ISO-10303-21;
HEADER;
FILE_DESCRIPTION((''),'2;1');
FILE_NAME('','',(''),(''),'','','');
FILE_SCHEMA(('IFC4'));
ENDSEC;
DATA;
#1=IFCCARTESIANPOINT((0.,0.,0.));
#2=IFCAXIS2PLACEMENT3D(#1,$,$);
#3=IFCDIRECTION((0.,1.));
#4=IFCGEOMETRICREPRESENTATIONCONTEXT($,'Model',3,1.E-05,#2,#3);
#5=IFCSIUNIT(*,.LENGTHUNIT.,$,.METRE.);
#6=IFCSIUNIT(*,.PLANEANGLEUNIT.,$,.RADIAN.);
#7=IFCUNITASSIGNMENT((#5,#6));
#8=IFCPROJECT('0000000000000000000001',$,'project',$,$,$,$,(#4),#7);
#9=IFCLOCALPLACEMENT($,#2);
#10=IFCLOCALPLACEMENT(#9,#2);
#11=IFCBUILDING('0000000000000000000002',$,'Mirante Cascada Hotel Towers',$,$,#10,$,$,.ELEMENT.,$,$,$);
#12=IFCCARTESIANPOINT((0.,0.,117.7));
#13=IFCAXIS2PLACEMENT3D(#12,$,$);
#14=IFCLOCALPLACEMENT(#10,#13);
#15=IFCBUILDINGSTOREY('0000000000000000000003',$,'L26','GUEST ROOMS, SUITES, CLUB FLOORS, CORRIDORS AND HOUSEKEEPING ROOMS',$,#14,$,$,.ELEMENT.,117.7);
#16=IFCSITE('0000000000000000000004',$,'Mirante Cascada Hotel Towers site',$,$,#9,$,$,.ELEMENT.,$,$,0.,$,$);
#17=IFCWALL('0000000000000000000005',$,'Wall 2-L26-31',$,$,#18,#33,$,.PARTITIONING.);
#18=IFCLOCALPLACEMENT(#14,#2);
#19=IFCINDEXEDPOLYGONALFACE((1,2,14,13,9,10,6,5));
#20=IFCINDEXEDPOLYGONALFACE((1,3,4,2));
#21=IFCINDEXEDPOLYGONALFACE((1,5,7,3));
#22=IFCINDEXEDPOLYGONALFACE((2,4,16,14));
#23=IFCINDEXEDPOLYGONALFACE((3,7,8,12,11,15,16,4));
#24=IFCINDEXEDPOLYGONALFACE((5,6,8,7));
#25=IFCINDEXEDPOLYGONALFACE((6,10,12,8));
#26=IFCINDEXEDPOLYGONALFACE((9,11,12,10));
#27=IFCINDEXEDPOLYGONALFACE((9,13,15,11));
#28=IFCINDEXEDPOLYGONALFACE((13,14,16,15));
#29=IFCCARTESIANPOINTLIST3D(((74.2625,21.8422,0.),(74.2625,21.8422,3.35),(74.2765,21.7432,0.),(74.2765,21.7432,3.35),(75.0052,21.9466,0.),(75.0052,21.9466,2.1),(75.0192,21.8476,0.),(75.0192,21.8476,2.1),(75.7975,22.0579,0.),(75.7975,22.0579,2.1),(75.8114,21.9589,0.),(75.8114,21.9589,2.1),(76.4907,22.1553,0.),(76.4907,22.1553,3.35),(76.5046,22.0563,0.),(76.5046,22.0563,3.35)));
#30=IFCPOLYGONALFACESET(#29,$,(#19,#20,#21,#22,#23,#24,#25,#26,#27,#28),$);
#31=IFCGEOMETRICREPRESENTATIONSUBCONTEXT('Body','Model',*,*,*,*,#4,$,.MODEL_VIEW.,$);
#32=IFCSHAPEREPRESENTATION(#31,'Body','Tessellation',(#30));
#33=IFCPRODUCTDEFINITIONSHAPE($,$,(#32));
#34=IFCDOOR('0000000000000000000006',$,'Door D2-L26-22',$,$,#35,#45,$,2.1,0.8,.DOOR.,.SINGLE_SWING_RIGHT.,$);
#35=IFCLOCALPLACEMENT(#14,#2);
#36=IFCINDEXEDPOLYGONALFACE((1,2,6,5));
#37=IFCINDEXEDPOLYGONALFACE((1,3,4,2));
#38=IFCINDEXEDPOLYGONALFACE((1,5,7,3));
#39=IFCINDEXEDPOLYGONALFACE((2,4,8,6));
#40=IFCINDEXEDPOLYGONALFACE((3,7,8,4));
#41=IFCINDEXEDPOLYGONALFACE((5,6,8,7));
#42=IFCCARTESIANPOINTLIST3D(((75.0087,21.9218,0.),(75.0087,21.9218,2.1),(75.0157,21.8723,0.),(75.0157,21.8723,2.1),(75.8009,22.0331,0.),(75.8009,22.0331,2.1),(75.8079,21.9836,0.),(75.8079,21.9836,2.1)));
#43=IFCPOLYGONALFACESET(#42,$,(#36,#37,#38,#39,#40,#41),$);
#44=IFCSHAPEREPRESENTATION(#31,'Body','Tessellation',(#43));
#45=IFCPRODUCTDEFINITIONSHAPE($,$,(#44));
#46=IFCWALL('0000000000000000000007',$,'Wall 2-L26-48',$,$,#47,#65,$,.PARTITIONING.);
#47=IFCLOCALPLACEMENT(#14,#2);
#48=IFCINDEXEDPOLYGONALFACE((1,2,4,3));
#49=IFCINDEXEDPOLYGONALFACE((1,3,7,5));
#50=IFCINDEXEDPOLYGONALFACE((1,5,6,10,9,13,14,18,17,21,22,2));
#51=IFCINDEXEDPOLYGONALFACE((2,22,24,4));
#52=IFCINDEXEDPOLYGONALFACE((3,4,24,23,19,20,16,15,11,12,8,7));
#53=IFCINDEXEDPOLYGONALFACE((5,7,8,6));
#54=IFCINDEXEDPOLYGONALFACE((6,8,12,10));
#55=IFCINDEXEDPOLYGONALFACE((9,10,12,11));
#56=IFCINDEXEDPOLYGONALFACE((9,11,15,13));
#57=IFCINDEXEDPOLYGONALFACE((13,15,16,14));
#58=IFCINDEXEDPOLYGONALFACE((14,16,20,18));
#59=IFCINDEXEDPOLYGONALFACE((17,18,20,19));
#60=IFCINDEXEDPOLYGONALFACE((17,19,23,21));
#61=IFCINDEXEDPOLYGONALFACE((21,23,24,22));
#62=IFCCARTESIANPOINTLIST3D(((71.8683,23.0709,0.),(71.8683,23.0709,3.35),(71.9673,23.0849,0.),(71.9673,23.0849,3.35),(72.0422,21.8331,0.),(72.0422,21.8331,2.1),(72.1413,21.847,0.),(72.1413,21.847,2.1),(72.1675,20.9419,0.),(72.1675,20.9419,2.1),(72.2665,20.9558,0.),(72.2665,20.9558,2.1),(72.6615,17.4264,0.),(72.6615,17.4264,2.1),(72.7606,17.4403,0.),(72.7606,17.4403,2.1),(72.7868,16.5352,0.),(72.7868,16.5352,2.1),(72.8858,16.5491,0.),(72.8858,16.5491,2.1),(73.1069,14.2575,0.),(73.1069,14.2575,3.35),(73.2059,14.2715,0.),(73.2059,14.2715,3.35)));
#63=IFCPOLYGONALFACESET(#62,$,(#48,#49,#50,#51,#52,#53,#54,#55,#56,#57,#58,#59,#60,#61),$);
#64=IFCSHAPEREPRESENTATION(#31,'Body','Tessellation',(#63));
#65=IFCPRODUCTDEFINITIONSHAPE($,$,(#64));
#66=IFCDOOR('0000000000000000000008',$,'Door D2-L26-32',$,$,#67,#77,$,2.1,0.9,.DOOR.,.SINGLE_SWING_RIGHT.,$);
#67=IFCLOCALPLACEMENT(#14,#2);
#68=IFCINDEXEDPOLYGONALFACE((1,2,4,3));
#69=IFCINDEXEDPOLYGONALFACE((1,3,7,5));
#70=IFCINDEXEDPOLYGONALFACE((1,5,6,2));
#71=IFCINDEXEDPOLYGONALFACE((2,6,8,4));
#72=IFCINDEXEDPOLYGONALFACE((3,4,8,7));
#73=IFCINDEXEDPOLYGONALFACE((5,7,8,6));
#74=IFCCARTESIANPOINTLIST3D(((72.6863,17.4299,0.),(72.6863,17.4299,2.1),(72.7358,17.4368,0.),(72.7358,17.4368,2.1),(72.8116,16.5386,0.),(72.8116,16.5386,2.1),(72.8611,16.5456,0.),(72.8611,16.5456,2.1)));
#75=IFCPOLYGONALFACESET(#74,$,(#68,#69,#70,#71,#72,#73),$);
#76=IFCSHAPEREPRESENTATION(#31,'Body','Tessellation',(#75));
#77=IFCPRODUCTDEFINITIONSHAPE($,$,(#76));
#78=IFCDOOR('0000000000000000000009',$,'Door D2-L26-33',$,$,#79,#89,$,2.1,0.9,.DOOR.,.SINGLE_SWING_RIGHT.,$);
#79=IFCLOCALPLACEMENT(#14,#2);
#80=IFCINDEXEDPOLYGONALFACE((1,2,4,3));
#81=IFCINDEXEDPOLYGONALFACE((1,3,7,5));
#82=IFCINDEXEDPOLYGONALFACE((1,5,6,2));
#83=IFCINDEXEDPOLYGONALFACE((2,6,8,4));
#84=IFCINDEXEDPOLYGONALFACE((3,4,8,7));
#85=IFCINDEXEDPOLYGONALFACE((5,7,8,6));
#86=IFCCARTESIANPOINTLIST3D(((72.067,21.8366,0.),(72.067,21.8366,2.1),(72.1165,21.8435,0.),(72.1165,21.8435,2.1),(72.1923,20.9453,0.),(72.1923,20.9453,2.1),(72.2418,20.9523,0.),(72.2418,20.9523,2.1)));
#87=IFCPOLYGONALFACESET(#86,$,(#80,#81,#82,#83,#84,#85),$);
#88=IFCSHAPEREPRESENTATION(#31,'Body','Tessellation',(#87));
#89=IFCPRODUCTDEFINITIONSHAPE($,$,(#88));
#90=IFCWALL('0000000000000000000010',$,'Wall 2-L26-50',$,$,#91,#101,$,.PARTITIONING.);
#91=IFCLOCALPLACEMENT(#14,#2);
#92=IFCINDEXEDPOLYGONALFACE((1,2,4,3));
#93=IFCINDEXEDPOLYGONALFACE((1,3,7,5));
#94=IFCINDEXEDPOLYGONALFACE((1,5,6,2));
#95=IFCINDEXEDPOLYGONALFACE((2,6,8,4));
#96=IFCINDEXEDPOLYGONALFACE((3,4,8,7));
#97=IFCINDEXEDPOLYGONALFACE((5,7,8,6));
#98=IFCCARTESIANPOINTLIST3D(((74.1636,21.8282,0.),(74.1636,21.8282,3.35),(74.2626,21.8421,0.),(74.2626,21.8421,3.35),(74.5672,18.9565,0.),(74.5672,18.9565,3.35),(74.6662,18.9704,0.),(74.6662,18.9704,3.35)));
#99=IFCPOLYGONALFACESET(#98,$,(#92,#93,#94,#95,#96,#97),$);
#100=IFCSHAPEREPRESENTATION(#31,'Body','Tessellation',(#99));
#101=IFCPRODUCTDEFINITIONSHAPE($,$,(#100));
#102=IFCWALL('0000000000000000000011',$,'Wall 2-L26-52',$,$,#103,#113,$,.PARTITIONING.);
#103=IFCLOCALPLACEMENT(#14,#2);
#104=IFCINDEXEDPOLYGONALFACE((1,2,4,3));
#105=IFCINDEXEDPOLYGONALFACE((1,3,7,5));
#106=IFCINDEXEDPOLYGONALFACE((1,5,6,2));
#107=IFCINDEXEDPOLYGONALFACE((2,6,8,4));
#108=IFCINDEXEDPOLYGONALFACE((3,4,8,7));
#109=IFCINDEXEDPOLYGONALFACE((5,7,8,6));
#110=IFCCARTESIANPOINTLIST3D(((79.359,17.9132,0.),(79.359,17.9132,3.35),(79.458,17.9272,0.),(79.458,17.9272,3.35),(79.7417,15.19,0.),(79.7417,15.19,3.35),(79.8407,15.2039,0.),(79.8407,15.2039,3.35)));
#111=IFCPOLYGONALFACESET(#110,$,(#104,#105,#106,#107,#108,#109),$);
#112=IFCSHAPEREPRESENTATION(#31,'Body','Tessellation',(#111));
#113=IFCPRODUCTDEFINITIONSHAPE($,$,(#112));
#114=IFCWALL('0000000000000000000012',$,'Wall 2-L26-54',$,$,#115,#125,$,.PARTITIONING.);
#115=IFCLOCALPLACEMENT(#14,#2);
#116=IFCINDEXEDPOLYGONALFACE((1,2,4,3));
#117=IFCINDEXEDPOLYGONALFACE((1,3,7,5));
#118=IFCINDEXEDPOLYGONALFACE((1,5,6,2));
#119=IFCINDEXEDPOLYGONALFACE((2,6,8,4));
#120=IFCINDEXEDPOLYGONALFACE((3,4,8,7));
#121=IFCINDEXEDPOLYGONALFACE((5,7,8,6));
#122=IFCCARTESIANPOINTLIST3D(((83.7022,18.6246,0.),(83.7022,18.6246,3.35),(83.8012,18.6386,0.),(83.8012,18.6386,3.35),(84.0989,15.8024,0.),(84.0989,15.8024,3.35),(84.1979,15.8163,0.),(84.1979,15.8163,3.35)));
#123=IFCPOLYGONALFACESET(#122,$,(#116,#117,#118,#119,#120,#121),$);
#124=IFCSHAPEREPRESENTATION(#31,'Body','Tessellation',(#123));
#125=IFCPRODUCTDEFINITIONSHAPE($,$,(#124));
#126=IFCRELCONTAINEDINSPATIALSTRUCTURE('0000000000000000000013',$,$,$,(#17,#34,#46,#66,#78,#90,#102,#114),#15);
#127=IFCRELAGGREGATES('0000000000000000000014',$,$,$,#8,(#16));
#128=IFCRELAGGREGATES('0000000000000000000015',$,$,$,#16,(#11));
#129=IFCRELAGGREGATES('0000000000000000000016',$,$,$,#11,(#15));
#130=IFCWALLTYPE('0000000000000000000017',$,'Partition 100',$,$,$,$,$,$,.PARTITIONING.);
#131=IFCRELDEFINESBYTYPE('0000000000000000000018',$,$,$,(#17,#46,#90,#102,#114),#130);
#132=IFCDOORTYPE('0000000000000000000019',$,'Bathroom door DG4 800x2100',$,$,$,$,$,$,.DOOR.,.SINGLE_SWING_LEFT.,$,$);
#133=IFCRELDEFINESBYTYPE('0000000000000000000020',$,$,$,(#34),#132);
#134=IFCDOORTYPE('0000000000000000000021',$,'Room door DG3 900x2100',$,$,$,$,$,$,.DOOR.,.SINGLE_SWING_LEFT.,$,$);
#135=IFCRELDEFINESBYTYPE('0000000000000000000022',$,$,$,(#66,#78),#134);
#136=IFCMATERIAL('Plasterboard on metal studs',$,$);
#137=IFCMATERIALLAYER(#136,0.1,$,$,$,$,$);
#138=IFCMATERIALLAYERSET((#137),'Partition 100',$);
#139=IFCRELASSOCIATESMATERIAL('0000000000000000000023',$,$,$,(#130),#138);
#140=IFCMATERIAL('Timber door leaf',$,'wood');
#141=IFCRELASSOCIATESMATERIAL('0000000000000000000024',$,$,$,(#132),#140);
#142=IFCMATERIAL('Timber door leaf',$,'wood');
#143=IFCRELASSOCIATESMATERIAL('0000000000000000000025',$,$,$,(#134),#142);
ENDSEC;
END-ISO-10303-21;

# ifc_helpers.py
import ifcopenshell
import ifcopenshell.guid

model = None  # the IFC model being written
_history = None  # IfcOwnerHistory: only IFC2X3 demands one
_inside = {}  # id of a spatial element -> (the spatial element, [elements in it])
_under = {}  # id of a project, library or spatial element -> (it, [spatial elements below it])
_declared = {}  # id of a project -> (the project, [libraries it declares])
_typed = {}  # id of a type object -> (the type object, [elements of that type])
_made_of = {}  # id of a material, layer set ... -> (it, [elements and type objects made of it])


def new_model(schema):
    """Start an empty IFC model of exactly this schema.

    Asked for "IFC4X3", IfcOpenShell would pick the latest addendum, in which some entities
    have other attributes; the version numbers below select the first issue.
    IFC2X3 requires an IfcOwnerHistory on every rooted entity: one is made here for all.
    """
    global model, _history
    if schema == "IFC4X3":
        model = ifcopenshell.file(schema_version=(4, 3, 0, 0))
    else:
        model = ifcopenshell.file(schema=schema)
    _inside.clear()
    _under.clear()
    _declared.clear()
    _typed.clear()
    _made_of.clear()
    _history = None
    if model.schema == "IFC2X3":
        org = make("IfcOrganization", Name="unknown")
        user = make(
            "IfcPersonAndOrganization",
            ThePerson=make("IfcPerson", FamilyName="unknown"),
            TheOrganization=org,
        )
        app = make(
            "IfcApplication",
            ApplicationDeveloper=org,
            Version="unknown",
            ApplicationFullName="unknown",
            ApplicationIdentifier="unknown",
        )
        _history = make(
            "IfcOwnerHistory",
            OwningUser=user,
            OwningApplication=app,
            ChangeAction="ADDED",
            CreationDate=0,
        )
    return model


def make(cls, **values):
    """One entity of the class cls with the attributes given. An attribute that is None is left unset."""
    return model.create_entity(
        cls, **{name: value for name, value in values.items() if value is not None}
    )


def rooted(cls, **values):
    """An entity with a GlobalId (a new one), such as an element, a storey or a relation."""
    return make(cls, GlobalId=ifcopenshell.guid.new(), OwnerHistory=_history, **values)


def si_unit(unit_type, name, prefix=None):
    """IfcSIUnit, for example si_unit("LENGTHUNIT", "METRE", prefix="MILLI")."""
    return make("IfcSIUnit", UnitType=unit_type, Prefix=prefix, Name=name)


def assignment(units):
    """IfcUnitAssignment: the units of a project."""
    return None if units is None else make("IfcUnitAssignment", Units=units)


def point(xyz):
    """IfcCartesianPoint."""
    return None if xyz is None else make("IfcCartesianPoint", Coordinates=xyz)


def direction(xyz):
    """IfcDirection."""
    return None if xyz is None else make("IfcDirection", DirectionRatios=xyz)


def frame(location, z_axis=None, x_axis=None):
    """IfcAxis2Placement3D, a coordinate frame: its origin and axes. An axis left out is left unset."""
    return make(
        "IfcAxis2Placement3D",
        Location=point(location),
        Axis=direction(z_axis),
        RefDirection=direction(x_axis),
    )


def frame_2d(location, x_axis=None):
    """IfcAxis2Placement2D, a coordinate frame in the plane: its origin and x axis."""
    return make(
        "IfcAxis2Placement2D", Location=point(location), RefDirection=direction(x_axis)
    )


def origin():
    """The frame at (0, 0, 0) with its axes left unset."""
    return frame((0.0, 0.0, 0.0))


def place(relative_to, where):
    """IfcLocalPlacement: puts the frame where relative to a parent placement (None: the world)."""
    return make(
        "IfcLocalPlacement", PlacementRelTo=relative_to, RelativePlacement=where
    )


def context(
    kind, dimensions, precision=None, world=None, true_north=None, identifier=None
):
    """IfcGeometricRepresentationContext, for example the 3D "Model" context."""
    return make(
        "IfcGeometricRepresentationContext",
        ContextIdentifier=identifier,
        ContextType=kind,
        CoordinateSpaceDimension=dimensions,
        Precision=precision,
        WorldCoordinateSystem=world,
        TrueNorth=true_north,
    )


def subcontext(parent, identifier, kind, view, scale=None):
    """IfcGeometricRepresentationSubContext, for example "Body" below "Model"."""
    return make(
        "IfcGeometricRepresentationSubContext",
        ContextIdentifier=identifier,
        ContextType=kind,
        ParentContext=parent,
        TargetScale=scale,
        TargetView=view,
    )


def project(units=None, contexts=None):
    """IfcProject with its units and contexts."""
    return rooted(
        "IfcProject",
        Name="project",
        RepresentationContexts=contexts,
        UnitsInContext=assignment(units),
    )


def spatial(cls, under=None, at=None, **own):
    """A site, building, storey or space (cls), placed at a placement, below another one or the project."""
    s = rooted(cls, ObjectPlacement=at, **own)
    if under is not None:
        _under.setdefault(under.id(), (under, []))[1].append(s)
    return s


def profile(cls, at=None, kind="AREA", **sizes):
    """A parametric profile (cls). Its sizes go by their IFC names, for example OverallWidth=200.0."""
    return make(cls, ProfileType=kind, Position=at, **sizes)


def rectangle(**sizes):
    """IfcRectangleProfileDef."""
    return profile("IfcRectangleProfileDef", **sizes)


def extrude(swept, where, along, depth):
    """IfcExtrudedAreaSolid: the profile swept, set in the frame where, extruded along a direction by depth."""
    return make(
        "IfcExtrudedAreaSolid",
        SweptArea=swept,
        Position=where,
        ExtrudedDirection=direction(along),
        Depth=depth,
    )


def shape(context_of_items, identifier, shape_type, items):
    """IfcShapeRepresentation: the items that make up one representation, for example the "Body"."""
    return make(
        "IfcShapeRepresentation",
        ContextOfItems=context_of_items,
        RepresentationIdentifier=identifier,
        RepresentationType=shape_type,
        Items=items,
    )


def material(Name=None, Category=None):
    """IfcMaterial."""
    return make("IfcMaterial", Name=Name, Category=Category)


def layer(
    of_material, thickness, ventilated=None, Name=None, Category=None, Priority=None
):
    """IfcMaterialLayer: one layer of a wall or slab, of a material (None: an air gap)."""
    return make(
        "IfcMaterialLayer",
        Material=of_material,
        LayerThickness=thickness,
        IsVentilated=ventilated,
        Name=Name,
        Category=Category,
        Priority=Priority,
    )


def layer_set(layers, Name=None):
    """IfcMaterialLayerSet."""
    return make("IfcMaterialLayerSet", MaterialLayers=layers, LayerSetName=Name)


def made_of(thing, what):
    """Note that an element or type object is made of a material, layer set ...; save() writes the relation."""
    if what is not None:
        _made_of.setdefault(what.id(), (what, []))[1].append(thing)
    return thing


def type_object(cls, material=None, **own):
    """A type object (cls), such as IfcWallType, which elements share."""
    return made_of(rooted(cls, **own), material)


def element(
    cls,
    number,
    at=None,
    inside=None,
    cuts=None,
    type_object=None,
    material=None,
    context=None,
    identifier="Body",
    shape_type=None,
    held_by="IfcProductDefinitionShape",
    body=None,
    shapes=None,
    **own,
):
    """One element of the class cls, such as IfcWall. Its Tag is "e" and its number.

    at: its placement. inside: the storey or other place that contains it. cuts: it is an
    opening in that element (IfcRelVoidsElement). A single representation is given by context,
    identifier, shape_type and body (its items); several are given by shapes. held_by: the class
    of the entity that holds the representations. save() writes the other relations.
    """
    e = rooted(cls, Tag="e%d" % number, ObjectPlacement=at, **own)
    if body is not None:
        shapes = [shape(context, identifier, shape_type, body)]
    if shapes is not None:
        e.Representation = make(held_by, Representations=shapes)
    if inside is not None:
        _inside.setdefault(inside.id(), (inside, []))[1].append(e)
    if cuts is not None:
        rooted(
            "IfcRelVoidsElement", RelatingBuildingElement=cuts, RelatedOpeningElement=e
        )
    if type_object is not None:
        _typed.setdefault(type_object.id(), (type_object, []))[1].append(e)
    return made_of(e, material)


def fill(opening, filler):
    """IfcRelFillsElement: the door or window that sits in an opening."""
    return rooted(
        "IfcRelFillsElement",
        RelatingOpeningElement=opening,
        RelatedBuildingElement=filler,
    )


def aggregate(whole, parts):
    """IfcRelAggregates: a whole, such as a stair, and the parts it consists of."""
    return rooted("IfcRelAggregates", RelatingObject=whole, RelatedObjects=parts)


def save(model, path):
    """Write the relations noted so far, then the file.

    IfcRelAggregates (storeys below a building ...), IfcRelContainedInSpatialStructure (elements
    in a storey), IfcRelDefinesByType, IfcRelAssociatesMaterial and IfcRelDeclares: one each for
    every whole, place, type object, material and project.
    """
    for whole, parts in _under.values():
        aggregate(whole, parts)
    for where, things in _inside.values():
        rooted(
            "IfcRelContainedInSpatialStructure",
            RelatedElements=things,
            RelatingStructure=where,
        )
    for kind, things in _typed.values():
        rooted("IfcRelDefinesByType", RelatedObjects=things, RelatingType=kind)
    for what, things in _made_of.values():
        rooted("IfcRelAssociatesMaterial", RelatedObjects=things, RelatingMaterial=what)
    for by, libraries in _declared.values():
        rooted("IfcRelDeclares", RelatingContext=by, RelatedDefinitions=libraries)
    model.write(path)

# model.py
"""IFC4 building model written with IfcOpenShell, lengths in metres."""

from ifc_helpers import new_model, si_unit, direction, frame, frame_2d, origin, place, context, subcontext, project, spatial, rectangle, extrude, material, layer, layer_set, type_object, element, fill, save


model = new_model("IFC4")

# Units and contexts
model_context = context("Model", 3, precision=1e-05, world=origin(), true_north=direction((0.0, 1.0)))
body_context = subcontext(model_context, "Body", "Model", "MODEL_VIEW")
ifc_project = project(units=[si_unit("LENGTHUNIT", "METRE"), si_unit("PLANEANGLEUNIT", "RADIAN")], contexts=[model_context])

# Site, building, storey
site_placement = place(None, origin())
site = spatial("IfcSite", under=ifc_project, at=site_placement, Name="Mirante Cascada Hotel Towers site", CompositionType="ELEMENT", RefElevation=0.0)
building_placement = place(site_placement, origin())
building = spatial("IfcBuilding", under=site, at=building_placement, Name="Mirante Cascada Hotel Towers", CompositionType="ELEMENT")
storey_placement = place(building_placement, frame((0.0, 0.0, 117.7)))
storey = spatial("IfcBuildingStorey", under=building, at=storey_placement, Name="L26", Description="GUEST ROOMS, SUITES, CLUB FLOORS, CORRIDORS AND HOUSEKEEPING ROOMS", CompositionType="ELEMENT", Elevation=117.7)

# Shared definitions
ifc_material_1 = material(Name="Plasterboard on metal studs")
ifc_layer_1 = layer(ifc_material_1, 0.1)
ifc_layer_set_1 = layer_set([ifc_layer_1], Name="Partition 100")
wall_type = type_object("IfcWallType", Name="Partition 100", PredefinedType="PARTITIONING", material=ifc_layer_set_1)
ifc_material_2 = material(Name="Timber door leaf", Category="wood")
door_type_1 = type_object("IfcDoorType", Name="Bathroom door DG4 800x2100", OperationType="SINGLE_SWING_LEFT", PredefinedType="DOOR", material=ifc_material_2)

# Wall, opening, door
wall_1_placement = place(storey_placement, frame((74.2695, 21.7927, 0.0), z_axis=(0.0, 0.0, 1.0), x_axis=(0.990271, 0.139156, 0.0)))
wall_1 = element("IfcWall", 1, at=wall_1_placement, inside=storey, type_object=wall_type, Name="Wall 2-L26-31", PredefinedType="PARTITIONING", context=body_context, shape_type="SweptSolid", body=[
    extrude(rectangle(XDim=2.25, YDim=0.1, at=frame_2d((1.125, 0.0))), origin(), (0.0, 0.0, 1.0), 3.35),
])
opening_1_placement = place(wall_1_placement, frame((0.75, 0.0, 0.0)))
opening_1 = element("IfcOpeningElement", 2, at=opening_1_placement, cuts=wall_1, PredefinedType="OPENING", context=body_context, shape_type="SweptSolid", body=[
    extrude(rectangle(XDim=0.8, YDim=2.1, at=frame_2d((0.4, 1.05))), frame((0.0, 0.05, 0.0), z_axis=(0.0, -1.0, 0.0), x_axis=(1.0, 0.0, 0.0)), (0.0, 0.0, 1.0), 0.1),
])
door_1_placement = place(opening_1_placement, frame((0.8, 0.0, 0.0), z_axis=(0.0, 0.0, 1.0), x_axis=(-1.0, 0.0, 0.0)))
door_1 = element("IfcDoor", 3, at=door_1_placement, inside=storey, type_object=door_type_1, Name="Door D2-L26-22", OperationType="SINGLE_SWING_RIGHT", OverallHeight=2.1, OverallWidth=0.8, PredefinedType="DOOR", context=body_context, shape_type="SweptSolid", body=[
    extrude(rectangle(XDim=0.8, YDim=2.1, at=frame_2d((0.4, 1.05))), frame((0.0, 0.025, 0.0), z_axis=(0.0, -1.0, 0.0), x_axis=(1.0, 0.0, 0.0)), (0.0, 0.0, 1.0), 0.05),
])
fill(opening_1, door_1)

# Wall, openings, doors
wall_2_placement = place(storey_placement, frame((71.9178, 23.0779, 0.0), z_axis=(0.0, 0.0, 1.0), x_axis=(0.139168, -0.990269, 0.0)))
wall_2 = element("IfcWall", 4, at=wall_2_placement, inside=storey, type_object=wall_type, Name="Wall 2-L26-48", PredefinedType="PARTITIONING", context=body_context, shape_type="SweptSolid", body=[
    extrude(rectangle(XDim=8.9, YDim=0.1, at=frame_2d((4.45, 0.0))), origin(), (0.0, 0.0, 1.0), 3.35),
])
opening_2_placement = place(wall_2_placement, frame((5.7, 0.0, 0.0)))
opening_2 = element("IfcOpeningElement", 5, at=opening_2_placement, cuts=wall_2, PredefinedType="OPENING", context=body_context, shape_type="SweptSolid", body=[
    extrude(rectangle(XDim=0.9, YDim=2.1, at=frame_2d((0.45, 1.05))), frame((0.0, 0.05, 0.0), z_axis=(0.0, -1.0, 0.0), x_axis=(1.0, 0.0, 0.0)), (0.0, 0.0, 1.0), 0.1),
])
opening_3_placement = place(wall_2_placement, frame((1.25, 0.0, 0.0)))
opening_3 = element("IfcOpeningElement", 6, at=opening_3_placement, cuts=wall_2, PredefinedType="OPENING", context=body_context, shape_type="SweptSolid", body=[
    extrude(rectangle(XDim=0.9, YDim=2.1, at=frame_2d((0.45, 1.05))), frame((0.0, 0.05, 0.0), z_axis=(0.0, -1.0, 0.0), x_axis=(1.0, 0.0, 0.0)), (0.0, 0.0, 1.0), 0.1),
])
ifc_material_3 = material(Name="Timber door leaf", Category="wood")
door_type_2 = type_object("IfcDoorType", Name="Room door DG3 900x2100", OperationType="SINGLE_SWING_LEFT", PredefinedType="DOOR", material=ifc_material_3)
door_2_placement = place(opening_2_placement, frame((0.9, 0.0, 0.0), z_axis=(0.0, 0.0, 1.0), x_axis=(-1.0, 0.0, 0.0)))
door_2 = element("IfcDoor", 7, at=door_2_placement, inside=storey, type_object=door_type_2, Name="Door D2-L26-32", OperationType="SINGLE_SWING_RIGHT", OverallHeight=2.1, OverallWidth=0.9, PredefinedType="DOOR", context=body_context, shape_type="SweptSolid", body=[
    extrude(rectangle(XDim=0.9, YDim=2.1, at=frame_2d((0.45, 1.05))), frame((0.0, 0.025, 0.0), z_axis=(0.0, -1.0, 0.0), x_axis=(1.0, 0.0, 0.0)), (0.0, 0.0, 1.0), 0.05),
])
fill(opening_2, door_2)
door_3_placement = place(opening_3_placement, frame((0.9, 0.0, 0.0), z_axis=(0.0, 0.0, 1.0), x_axis=(-1.0, 0.0, 0.0)))
door_3 = element("IfcDoor", 8, at=door_3_placement, inside=storey, type_object=door_type_2, Name="Door D2-L26-33", OperationType="SINGLE_SWING_RIGHT", OverallHeight=2.1, OverallWidth=0.9, PredefinedType="DOOR", context=body_context, shape_type="SweptSolid", body=[
    extrude(rectangle(XDim=0.9, YDim=2.1, at=frame_2d((0.45, 1.05))), frame((0.0, 0.025, 0.0), z_axis=(0.0, -1.0, 0.0), x_axis=(1.0, 0.0, 0.0)), (0.0, 0.0, 1.0), 0.05),
])
fill(opening_3, door_3)

# Walls
wall_3_placement = place(storey_placement, frame((74.2131, 21.8352, 0.0), z_axis=(0.0, 0.0, 1.0), x_axis=(0.139176, -0.990268, 0.0)))
element("IfcWall", 9, at=wall_3_placement, inside=storey, type_object=wall_type, Name="Wall 2-L26-50", PredefinedType="PARTITIONING", context=body_context, shape_type="SweptSolid", body=[
    extrude(rectangle(XDim=2.8999, YDim=0.1, at=frame_2d((1.45, 0.0))), origin(), (0.0, 0.0, 1.0), 3.35),
])
wall_4_placement = place(storey_placement, frame((79.4085, 17.9202, 0.0), z_axis=(0.0, 0.0, 1.0), x_axis=(0.139166, -0.990269, 0.0)))
element("IfcWall", 10, at=wall_4_placement, inside=storey, type_object=wall_type, Name="Wall 2-L26-52", PredefinedType="PARTITIONING", context=body_context, shape_type="SweptSolid", body=[
    extrude(rectangle(XDim=2.75, YDim=0.1, at=frame_2d((1.375, 0.0))), origin(), (0.0, 0.0, 1.0), 3.35),
])
wall_5_placement = place(storey_placement, frame((83.7517, 18.6316, 0.0), z_axis=(0.0, 0.0, 1.0), x_axis=(0.139191, -0.990266, 0.0)))
element("IfcWall", 11, at=wall_5_placement, inside=storey, type_object=wall_type, Name="Wall 2-L26-54", PredefinedType="PARTITIONING", context=body_context, shape_type="SweptSolid", body=[
    extrude(rectangle(XDim=2.85, YDim=0.1, at=frame_2d((1.425, 0.0))), origin(), (0.0, 0.0, 1.0), 3.35),
])

save(model, "model.ifc")
